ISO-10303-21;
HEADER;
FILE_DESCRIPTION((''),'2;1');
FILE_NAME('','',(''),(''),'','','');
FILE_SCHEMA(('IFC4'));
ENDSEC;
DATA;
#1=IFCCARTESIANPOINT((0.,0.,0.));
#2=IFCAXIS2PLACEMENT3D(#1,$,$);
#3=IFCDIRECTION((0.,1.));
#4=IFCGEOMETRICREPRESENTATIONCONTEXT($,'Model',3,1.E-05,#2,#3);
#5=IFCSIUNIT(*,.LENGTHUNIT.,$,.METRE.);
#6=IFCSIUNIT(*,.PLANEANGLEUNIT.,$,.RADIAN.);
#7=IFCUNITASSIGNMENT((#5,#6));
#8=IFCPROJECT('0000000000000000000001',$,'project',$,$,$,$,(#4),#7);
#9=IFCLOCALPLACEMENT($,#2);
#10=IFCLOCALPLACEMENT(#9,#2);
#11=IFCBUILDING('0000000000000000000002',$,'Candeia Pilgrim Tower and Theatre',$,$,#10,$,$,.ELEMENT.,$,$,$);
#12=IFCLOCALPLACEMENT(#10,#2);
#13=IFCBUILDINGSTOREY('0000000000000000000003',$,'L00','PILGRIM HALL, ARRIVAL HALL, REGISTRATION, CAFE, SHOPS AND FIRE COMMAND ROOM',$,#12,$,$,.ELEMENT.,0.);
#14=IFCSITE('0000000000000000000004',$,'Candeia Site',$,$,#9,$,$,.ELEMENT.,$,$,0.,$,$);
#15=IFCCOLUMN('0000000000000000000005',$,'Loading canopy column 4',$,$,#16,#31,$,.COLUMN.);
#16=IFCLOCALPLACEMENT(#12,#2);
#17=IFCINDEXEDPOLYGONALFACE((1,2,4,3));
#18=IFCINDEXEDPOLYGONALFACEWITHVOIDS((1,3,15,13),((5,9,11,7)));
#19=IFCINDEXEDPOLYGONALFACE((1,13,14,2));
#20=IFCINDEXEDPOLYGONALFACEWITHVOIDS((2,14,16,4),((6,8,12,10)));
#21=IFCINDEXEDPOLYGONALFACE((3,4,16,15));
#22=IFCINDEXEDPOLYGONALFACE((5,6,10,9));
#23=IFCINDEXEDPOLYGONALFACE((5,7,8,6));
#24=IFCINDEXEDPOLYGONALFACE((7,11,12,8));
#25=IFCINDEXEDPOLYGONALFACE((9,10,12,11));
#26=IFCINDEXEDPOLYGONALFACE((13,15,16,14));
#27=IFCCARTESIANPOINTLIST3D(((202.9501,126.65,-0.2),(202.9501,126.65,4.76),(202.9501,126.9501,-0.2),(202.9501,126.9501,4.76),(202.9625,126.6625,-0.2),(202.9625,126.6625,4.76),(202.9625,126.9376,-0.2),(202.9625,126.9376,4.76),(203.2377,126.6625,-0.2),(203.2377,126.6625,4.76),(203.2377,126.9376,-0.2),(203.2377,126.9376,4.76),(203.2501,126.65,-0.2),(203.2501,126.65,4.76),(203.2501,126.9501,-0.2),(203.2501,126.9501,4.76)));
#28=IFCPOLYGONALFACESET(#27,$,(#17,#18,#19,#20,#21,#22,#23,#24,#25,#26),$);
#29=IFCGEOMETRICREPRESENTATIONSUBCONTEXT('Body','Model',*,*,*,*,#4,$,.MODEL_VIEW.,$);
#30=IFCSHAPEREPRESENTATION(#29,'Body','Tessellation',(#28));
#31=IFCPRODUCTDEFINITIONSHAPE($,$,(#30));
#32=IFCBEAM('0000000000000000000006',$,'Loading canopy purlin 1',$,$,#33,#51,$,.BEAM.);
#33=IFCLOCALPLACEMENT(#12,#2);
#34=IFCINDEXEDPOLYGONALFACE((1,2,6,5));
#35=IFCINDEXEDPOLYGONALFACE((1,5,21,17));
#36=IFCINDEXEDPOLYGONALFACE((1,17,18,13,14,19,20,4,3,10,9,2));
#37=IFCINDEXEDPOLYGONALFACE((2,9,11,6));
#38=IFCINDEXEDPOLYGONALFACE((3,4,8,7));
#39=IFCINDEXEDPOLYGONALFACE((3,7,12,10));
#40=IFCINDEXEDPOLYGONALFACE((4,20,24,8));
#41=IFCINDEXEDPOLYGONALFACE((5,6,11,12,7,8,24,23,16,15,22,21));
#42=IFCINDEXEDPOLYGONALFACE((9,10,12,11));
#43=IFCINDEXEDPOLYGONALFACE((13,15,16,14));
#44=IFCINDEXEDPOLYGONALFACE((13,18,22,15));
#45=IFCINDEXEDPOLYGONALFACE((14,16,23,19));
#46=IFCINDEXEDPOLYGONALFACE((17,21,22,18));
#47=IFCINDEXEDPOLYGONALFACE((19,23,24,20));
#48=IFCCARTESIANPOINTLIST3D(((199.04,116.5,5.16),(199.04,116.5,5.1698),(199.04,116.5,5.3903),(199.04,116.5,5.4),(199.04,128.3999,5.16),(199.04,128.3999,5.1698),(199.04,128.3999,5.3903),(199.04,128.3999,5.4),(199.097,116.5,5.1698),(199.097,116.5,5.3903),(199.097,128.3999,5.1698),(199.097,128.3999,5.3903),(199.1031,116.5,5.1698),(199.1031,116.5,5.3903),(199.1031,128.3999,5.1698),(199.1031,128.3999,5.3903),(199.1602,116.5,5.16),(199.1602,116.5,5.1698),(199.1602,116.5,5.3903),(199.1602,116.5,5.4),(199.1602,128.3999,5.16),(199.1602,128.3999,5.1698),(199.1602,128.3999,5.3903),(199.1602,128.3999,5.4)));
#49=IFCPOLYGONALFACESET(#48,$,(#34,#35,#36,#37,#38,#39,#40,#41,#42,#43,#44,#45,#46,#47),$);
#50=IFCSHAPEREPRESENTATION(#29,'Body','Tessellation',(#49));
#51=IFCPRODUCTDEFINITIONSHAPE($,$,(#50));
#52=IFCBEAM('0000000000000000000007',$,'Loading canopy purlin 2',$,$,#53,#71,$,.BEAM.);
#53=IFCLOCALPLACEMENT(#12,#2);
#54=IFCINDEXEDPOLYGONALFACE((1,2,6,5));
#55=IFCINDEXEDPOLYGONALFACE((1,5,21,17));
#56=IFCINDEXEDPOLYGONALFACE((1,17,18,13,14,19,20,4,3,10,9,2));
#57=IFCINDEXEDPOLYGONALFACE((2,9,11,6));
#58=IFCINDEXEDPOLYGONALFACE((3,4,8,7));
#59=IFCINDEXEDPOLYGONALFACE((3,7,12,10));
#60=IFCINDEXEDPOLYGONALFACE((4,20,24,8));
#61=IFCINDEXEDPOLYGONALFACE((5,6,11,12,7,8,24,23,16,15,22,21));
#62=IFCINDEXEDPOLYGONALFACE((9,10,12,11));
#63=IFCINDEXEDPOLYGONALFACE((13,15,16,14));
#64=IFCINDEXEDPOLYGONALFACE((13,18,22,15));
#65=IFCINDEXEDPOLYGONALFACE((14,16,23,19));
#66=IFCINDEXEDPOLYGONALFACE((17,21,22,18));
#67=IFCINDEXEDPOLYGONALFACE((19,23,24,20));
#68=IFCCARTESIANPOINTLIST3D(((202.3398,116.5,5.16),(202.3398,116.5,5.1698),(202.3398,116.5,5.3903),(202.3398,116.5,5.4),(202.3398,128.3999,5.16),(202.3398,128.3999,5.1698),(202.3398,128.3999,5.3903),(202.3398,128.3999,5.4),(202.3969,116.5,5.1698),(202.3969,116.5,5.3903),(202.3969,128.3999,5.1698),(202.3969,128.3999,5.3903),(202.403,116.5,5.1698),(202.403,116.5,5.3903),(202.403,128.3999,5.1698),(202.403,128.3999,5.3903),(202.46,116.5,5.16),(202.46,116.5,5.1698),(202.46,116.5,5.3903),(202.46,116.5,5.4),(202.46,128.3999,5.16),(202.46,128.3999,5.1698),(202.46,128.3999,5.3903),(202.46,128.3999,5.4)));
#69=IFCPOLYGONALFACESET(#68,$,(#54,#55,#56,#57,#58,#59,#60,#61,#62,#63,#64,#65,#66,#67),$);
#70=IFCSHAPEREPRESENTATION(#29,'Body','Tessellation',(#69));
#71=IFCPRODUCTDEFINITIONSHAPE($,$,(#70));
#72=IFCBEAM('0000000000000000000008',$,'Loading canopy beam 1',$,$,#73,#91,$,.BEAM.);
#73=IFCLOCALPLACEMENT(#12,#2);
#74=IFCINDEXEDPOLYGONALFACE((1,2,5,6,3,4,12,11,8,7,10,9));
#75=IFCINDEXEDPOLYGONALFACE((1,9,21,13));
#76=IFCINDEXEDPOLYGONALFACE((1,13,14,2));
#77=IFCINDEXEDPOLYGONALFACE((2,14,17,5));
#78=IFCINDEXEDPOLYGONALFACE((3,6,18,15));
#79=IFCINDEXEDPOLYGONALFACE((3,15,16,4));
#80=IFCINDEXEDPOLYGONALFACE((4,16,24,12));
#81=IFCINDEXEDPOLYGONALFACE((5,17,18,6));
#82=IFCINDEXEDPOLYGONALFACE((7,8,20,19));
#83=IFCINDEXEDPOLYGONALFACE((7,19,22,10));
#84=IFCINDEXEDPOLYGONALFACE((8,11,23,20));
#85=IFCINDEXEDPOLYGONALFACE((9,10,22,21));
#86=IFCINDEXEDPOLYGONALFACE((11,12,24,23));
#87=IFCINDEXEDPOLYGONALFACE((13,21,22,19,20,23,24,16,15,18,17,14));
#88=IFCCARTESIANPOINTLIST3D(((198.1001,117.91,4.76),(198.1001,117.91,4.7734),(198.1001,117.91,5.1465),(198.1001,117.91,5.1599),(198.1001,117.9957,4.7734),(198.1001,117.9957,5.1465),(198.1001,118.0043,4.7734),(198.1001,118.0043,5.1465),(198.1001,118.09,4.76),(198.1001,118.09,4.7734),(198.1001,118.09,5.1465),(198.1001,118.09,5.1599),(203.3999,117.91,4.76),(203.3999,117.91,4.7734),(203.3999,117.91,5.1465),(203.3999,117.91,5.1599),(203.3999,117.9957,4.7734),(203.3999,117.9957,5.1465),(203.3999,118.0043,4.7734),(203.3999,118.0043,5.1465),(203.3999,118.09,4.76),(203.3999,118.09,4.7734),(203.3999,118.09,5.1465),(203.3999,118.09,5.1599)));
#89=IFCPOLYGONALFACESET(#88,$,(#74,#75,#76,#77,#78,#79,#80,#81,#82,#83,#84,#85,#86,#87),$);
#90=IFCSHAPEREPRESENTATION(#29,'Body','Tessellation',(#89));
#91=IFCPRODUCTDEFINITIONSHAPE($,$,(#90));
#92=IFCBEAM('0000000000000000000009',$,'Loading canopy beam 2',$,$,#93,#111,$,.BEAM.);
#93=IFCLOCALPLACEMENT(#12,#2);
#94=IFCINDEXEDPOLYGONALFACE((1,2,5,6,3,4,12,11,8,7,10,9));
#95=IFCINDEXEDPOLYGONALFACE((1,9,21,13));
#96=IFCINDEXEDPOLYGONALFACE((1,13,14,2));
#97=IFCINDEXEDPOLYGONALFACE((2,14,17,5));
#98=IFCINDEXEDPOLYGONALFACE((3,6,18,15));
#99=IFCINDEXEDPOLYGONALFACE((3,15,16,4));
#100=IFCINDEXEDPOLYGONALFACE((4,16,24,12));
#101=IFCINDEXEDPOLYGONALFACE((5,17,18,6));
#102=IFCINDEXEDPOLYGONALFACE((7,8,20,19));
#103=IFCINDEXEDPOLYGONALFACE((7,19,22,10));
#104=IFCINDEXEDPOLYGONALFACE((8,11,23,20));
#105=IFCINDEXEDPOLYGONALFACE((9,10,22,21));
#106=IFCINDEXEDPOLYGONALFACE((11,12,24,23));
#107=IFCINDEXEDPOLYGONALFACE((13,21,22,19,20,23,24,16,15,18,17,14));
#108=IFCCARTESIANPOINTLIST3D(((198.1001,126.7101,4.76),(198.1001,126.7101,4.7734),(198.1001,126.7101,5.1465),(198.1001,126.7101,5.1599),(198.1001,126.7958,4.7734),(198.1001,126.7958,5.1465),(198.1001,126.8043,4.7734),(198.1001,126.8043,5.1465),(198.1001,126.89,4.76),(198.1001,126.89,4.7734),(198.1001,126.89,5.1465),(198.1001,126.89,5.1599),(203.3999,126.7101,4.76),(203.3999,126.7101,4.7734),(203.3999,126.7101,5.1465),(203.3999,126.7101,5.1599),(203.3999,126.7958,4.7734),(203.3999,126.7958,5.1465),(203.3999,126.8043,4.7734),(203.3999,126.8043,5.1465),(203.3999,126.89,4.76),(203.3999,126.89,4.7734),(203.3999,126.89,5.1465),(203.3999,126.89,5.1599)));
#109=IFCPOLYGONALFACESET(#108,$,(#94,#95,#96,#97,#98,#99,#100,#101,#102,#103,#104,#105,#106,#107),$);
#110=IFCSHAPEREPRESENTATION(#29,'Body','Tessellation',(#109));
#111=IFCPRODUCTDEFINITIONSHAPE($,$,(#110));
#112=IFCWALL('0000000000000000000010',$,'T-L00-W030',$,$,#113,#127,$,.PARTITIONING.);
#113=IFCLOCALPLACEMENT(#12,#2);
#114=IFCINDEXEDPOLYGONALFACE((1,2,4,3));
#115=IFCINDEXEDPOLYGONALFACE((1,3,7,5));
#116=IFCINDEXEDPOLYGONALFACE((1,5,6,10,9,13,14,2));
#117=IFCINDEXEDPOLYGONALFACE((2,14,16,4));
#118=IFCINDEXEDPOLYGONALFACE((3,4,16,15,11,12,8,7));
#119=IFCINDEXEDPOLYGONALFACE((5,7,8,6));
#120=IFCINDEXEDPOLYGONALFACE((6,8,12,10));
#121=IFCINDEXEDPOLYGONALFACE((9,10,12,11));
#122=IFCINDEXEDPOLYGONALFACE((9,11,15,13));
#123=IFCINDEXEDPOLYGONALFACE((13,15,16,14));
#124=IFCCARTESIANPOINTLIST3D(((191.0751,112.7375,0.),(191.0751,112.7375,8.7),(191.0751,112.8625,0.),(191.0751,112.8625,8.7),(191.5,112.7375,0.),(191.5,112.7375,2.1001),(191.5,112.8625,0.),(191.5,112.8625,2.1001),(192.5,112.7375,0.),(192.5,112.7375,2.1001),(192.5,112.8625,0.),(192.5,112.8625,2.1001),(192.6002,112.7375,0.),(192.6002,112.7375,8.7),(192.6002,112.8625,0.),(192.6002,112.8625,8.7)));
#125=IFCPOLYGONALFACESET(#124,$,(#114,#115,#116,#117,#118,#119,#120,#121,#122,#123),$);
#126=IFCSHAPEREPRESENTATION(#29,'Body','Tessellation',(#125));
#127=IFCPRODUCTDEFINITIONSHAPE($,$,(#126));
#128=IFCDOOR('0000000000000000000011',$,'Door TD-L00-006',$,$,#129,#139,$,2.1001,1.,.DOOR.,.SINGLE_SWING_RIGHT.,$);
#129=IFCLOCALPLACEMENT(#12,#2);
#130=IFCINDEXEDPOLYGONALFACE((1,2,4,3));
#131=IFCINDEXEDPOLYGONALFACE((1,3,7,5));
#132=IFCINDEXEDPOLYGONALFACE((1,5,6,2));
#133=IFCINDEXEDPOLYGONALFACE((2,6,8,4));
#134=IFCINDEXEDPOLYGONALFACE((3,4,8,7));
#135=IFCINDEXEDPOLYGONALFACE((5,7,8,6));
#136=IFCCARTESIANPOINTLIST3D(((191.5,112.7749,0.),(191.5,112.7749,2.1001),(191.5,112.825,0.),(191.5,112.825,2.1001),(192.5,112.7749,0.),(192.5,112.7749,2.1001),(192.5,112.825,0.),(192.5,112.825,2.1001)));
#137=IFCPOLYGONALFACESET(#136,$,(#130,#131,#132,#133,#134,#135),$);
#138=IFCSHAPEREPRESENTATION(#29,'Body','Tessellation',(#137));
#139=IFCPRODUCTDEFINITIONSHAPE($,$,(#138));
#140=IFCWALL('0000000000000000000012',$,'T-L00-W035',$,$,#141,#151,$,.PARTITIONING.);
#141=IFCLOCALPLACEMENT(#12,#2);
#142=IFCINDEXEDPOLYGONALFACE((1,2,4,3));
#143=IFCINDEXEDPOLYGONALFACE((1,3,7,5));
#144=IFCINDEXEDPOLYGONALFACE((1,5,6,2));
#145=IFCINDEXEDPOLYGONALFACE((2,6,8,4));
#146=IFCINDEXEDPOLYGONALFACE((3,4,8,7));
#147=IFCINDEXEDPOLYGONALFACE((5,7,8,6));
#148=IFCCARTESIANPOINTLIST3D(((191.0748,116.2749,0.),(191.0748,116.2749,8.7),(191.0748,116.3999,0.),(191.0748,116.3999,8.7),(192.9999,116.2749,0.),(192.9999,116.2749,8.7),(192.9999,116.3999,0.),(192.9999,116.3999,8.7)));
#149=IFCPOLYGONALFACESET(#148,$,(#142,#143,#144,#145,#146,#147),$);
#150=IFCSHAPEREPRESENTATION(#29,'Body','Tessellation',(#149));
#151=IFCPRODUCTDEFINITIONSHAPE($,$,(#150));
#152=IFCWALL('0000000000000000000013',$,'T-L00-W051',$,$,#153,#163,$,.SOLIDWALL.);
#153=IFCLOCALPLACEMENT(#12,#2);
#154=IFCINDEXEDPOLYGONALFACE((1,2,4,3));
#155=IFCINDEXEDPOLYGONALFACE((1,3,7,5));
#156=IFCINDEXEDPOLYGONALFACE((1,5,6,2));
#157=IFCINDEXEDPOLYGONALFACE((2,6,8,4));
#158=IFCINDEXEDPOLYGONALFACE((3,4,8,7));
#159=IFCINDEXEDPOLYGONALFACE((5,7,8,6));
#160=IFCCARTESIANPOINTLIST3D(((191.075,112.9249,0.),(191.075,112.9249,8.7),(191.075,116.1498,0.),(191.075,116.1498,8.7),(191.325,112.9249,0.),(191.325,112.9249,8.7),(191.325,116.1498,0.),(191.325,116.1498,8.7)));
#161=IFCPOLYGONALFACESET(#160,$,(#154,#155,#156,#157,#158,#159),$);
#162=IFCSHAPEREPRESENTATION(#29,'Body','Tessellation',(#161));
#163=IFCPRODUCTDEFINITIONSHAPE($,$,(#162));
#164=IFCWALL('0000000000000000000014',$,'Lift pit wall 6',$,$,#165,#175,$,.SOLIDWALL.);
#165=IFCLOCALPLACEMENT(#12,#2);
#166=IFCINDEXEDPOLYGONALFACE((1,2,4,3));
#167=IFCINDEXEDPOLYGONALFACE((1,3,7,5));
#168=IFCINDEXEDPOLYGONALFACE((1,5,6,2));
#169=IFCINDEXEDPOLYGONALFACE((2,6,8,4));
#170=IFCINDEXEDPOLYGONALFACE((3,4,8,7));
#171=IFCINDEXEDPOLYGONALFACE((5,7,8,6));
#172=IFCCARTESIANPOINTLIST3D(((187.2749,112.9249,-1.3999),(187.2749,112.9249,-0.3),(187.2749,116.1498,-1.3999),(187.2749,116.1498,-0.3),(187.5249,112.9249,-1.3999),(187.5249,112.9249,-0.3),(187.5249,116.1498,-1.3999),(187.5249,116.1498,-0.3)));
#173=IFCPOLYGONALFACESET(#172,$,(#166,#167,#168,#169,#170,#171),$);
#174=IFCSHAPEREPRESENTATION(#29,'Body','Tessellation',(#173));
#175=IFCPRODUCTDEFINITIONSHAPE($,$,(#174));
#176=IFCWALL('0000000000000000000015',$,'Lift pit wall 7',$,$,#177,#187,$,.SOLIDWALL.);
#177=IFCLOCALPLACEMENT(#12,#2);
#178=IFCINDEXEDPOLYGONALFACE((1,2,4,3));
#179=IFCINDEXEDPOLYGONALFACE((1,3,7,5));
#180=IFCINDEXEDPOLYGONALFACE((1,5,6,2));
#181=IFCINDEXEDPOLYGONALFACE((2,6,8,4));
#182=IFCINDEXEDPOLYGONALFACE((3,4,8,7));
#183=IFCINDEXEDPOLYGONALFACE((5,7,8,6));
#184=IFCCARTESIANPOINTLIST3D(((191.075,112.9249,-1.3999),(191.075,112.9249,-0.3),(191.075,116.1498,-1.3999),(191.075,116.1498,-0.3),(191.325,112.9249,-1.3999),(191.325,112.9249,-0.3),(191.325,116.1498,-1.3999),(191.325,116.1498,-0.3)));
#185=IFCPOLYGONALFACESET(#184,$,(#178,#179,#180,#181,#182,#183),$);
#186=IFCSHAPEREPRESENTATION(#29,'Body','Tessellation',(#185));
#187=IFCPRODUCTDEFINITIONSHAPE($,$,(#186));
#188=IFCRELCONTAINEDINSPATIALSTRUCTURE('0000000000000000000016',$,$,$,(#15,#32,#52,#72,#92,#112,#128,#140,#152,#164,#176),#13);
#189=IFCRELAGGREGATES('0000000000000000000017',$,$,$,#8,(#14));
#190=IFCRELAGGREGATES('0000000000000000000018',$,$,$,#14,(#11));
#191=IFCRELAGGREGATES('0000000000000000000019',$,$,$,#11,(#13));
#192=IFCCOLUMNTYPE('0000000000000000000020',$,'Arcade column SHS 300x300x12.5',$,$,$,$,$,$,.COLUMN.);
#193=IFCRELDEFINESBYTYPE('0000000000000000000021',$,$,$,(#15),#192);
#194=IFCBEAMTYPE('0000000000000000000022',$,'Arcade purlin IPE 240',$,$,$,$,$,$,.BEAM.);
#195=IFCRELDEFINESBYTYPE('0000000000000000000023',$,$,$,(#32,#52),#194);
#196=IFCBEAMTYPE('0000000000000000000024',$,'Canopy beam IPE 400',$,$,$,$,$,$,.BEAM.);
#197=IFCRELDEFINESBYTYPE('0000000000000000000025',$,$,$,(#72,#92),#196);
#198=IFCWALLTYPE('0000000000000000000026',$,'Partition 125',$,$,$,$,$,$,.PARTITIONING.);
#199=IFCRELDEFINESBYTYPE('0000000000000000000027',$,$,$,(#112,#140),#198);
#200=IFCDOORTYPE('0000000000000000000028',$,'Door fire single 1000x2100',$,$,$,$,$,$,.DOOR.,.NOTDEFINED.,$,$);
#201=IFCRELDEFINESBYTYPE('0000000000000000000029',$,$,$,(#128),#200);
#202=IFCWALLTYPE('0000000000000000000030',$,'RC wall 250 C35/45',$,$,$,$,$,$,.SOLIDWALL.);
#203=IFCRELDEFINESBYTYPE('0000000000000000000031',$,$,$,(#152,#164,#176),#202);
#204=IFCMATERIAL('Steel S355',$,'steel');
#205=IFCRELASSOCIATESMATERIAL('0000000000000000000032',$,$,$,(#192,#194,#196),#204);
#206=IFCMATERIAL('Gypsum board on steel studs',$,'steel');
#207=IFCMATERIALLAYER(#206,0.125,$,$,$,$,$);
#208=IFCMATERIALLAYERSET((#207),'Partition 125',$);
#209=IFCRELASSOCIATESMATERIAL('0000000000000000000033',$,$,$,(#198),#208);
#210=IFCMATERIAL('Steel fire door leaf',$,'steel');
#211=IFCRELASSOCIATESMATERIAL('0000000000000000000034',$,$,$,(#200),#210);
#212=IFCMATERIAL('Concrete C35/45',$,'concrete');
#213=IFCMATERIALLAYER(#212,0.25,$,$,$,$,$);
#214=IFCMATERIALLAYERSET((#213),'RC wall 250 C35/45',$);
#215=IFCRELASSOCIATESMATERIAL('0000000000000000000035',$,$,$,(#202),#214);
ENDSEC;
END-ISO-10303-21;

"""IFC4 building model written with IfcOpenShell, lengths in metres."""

from ifc_helpers import new_model, si_unit, direction, frame, frame_2d, origin, origin_2d, place, context, subcontext, project, spatial, rectangle, hollow_rectangle, i_section, extrude, material, layer, layer_set, material_profile, profile_set, type_object, element, fill, save


model = new_model("IFC4")

# Units and contexts
model_context = context("Model", 3, precision=1e-05, world=origin(), true_north=direction((0.0, 1.0)))
body_context = subcontext(model_context, "Body", "Model", "MODEL_VIEW")
ifc_project = project(units=[si_unit("LENGTHUNIT", "METRE"), si_unit("PLANEANGLEUNIT", "RADIAN")], contexts=[model_context])

# Site, building, storey
site_placement = place(None, origin())
site = spatial("IfcSite", under=ifc_project, at=site_placement, Name="Candeia Site", CompositionType="ELEMENT", RefElevation=0.0)
building_placement = place(site_placement, origin())
building = spatial("IfcBuilding", under=site, at=building_placement, Name="Candeia Pilgrim Tower and Theatre", CompositionType="ELEMENT")
storey_placement = place(building_placement, origin())
storey = spatial("IfcBuildingStorey", under=building, at=storey_placement, Name="L00", Description="PILGRIM HALL, ARRIVAL HALL, REGISTRATION, CAFE, SHOPS AND FIRE COMMAND ROOM", CompositionType="ELEMENT", Elevation=0.0)

# Shared definitions
ifc_material_1 = material(Name="Concrete C35/45", Category="concrete")

# Column
ifc_material_2 = material(Name="Steel S355", Category="steel")
ifc_material_profile_1 = material_profile(ifc_material_2, hollow_rectangle(XDim=0.3, YDim=0.3, WallThickness=0.0125, at=origin_2d()))
ifc_profile_set_1 = profile_set([ifc_material_profile_1], Name="Steel S355")
column_type = type_object("IfcColumnType", Name="Arcade column SHS 300x300x12.5", PredefinedType="COLUMN", material=ifc_profile_set_1)
for number, where, z_axis, x_axis, name in (
    (1, (203.1001, 126.8, -0.2), (0.0, 0.0, 1.0), (1.0, 0.0, 0.0), "Loading canopy column 4"),
):
    element("IfcColumn", number, at=place(storey_placement, frame(where, z_axis=z_axis, x_axis=x_axis)), inside=storey, type_object=column_type, Name=name, PredefinedType="COLUMN", context=body_context, shape_type="SweptSolid", body=[
        extrude(hollow_rectangle(XDim=0.3, YDim=0.3, WallThickness=0.0125, at=origin_2d()), origin(), (0.0, 0.0, 1.0), 4.96),
    ])

# Beams
ifc_material_profile_2 = material_profile(ifc_material_2, i_section(OverallWidth=0.1201, OverallDepth=0.24, WebThickness=0.0061, FlangeThickness=0.0098, at=origin_2d()))
ifc_profile_set_2 = profile_set([ifc_material_profile_2], Name="Steel S355")
beam_type_1 = type_object("IfcBeamType", Name="Arcade purlin IPE 240", PredefinedType="BEAM", material=ifc_profile_set_2)
for number, where, z_axis, x_axis, name in (
    (2, (199.1001, 116.5, 5.28), (0.0, 1.0, 0.0), (-1.0, 0.0, 0.0), "Loading canopy purlin 1"),
    (3, (202.3999, 116.5, 5.28), (0.0, 1.0, 0.0), (-1.0, 0.0, 0.0), "Loading canopy purlin 2"),
):
    element("IfcBeam", number, at=place(storey_placement, frame(where, z_axis=z_axis, x_axis=x_axis)), inside=storey, type_object=beam_type_1, Name=name, PredefinedType="BEAM", context=body_context, shape_type="SweptSolid", body=[
        extrude(i_section(OverallWidth=0.1201, OverallDepth=0.24, WebThickness=0.0061, FlangeThickness=0.0098, at=origin_2d()), origin(), (0.0, 0.0, 1.0), 11.8999),
    ])
ifc_material_profile_3 = material_profile(ifc_material_2, i_section(OverallWidth=0.1799, OverallDepth=0.3999, WebThickness=0.0085, FlangeThickness=0.0134, at=origin_2d()))
ifc_profile_set_3 = profile_set([ifc_material_profile_3], Name="Steel S355")
beam_type_2 = type_object("IfcBeamType", Name="Canopy beam IPE 400", PredefinedType="BEAM", material=ifc_profile_set_3)
for number, where, z_axis, x_axis, name in (
    (4, (198.1001, 118.0, 4.96), (1.0, 0.0, 0.0), (0.0, 1.0, 0.0), "Loading canopy beam 1"),
    (5, (198.1001, 126.8, 4.96), (1.0, 0.0, 0.0), (0.0, 1.0, 0.0), "Loading canopy beam 2"),
):
    element("IfcBeam", number, at=place(storey_placement, frame(where, z_axis=z_axis, x_axis=x_axis)), inside=storey, type_object=beam_type_2, Name=name, PredefinedType="BEAM", context=body_context, shape_type="SweptSolid", body=[
        extrude(i_section(OverallWidth=0.1799, OverallDepth=0.3999, WebThickness=0.0085, FlangeThickness=0.0134, at=origin_2d()), origin(), (0.0, 0.0, 1.0), 5.2998),
    ])

# Wall, opening, door
ifc_material_3 = material(Name="Gypsum board on steel studs", Category="steel")
ifc_layer_1 = layer(ifc_material_3, 0.125)
ifc_layer_set_1 = layer_set([ifc_layer_1], Name="Partition 125")
wall_type_1 = type_object("IfcWallType", Name="Partition 125", PredefinedType="PARTITIONING", material=ifc_layer_set_1)
wall_1_placement = place(storey_placement, frame((191.075, 112.8, 0.0), z_axis=(0.0, 0.0, 1.0), x_axis=(1.0, 0.0, 0.0)))
wall_1 = element("IfcWall", 6, at=wall_1_placement, inside=storey, type_object=wall_type_1, Name="T-L00-W030", PredefinedType="PARTITIONING", context=body_context, shape_type="SweptSolid", body=[
    extrude(rectangle(XDim=1.5251, YDim=0.125, at=frame_2d((0.7627, 0.0))), origin(), (0.0, 0.0, 1.0), 8.7),
])
opening_placement = place(wall_1_placement, frame((0.425, 0.0, 0.0)))
opening = element("IfcOpeningElement", 7, at=opening_placement, cuts=wall_1, PredefinedType="OPENING", context=body_context, shape_type="SweptSolid", body=[
    extrude(rectangle(XDim=1.0, YDim=2.1001, at=frame_2d((0.5, 1.05))), frame((0.0, 0.0725, 0.0), z_axis=(0.0, -1.0, 0.0), x_axis=(1.0, 0.0, 0.0)), (0.0, 0.0, 1.0), 0.145),
])
ifc_material_4 = material(Name="Steel fire door leaf", Category="steel")
door_type = type_object("IfcDoorType", Name="Door fire single 1000x2100", OperationType="NOTDEFINED", PredefinedType="DOOR", material=ifc_material_4)
door_placement = place(opening_placement, origin())
door = element("IfcDoor", 8, at=door_placement, inside=storey, type_object=door_type, Name="Door TD-L00-006", OperationType="SINGLE_SWING_RIGHT", OverallHeight=2.1001, OverallWidth=1.0, PredefinedType="DOOR", context=body_context, shape_type="SweptSolid", body=[
    extrude(rectangle(XDim=1.0, YDim=2.1001, at=frame_2d((0.5, 1.05))), frame((0.0, 0.0249, 0.0), z_axis=(0.0, -1.0, 0.0), x_axis=(1.0, 0.0, 0.0)), (0.0, 0.0, 1.0), 0.05),
])
fill(opening, door)

# Walls
wall_2_placement = place(storey_placement, frame((191.075, 116.3374, 0.0), z_axis=(0.0, 0.0, 1.0), x_axis=(1.0, 0.0, 0.0)))
element("IfcWall", 9, at=wall_2_placement, inside=storey, type_object=wall_type_1, Name="T-L00-W035", PredefinedType="PARTITIONING", context=body_context, shape_type="SweptSolid", body=[
    extrude(rectangle(XDim=1.925, YDim=0.125, at=frame_2d((0.9624, 0.0))), origin(), (0.0, 0.0, 1.0), 8.7),
])
ifc_layer_2 = layer(ifc_material_1, 0.25)
ifc_layer_set_2 = layer_set([ifc_layer_2], Name="RC wall 250 C35/45")
wall_type_2 = type_object("IfcWallType", Name="RC wall 250 C35/45", PredefinedType="SOLIDWALL", material=ifc_layer_set_2)
wall_3_placement = place(storey_placement, frame((191.2, 112.925, 0.0), z_axis=(0.0, 0.0, 1.0), x_axis=(0.0, 1.0, 0.0)))
element("IfcWall", 10, at=wall_3_placement, inside=storey, type_object=wall_type_2, Name="T-L00-W051", PredefinedType="SOLIDWALL", context=body_context, shape_type="SweptSolid", body=[
    extrude(rectangle(XDim=3.2249, YDim=0.25, at=frame_2d((1.6123, 0.0))), origin(), (0.0, 0.0, 1.0), 8.7),
])
for number, where, z_axis, x_axis, name in (
    (11, (187.3999, 112.925, -1.3999), (0.0, 0.0, 1.0), (0.0, 1.0, 0.0), "Lift pit wall 6"),
    (12, (191.2, 112.925, -1.3999), (0.0, 0.0, 1.0), (0.0, 1.0, 0.0), "Lift pit wall 7"),
):
    element("IfcWall", number, at=place(storey_placement, frame(where, z_axis=z_axis, x_axis=x_axis)), inside=storey, type_object=wall_type_2, Name=name, PredefinedType="SOLIDWALL", context=body_context, shape_type="SweptSolid", body=[
        extrude(rectangle(XDim=3.2249, YDim=0.25, at=frame_2d((1.6123, 0.0))), origin(), (0.0, 0.0, 1.0), 1.0999),
    ])

save(model, "model.ifc")
